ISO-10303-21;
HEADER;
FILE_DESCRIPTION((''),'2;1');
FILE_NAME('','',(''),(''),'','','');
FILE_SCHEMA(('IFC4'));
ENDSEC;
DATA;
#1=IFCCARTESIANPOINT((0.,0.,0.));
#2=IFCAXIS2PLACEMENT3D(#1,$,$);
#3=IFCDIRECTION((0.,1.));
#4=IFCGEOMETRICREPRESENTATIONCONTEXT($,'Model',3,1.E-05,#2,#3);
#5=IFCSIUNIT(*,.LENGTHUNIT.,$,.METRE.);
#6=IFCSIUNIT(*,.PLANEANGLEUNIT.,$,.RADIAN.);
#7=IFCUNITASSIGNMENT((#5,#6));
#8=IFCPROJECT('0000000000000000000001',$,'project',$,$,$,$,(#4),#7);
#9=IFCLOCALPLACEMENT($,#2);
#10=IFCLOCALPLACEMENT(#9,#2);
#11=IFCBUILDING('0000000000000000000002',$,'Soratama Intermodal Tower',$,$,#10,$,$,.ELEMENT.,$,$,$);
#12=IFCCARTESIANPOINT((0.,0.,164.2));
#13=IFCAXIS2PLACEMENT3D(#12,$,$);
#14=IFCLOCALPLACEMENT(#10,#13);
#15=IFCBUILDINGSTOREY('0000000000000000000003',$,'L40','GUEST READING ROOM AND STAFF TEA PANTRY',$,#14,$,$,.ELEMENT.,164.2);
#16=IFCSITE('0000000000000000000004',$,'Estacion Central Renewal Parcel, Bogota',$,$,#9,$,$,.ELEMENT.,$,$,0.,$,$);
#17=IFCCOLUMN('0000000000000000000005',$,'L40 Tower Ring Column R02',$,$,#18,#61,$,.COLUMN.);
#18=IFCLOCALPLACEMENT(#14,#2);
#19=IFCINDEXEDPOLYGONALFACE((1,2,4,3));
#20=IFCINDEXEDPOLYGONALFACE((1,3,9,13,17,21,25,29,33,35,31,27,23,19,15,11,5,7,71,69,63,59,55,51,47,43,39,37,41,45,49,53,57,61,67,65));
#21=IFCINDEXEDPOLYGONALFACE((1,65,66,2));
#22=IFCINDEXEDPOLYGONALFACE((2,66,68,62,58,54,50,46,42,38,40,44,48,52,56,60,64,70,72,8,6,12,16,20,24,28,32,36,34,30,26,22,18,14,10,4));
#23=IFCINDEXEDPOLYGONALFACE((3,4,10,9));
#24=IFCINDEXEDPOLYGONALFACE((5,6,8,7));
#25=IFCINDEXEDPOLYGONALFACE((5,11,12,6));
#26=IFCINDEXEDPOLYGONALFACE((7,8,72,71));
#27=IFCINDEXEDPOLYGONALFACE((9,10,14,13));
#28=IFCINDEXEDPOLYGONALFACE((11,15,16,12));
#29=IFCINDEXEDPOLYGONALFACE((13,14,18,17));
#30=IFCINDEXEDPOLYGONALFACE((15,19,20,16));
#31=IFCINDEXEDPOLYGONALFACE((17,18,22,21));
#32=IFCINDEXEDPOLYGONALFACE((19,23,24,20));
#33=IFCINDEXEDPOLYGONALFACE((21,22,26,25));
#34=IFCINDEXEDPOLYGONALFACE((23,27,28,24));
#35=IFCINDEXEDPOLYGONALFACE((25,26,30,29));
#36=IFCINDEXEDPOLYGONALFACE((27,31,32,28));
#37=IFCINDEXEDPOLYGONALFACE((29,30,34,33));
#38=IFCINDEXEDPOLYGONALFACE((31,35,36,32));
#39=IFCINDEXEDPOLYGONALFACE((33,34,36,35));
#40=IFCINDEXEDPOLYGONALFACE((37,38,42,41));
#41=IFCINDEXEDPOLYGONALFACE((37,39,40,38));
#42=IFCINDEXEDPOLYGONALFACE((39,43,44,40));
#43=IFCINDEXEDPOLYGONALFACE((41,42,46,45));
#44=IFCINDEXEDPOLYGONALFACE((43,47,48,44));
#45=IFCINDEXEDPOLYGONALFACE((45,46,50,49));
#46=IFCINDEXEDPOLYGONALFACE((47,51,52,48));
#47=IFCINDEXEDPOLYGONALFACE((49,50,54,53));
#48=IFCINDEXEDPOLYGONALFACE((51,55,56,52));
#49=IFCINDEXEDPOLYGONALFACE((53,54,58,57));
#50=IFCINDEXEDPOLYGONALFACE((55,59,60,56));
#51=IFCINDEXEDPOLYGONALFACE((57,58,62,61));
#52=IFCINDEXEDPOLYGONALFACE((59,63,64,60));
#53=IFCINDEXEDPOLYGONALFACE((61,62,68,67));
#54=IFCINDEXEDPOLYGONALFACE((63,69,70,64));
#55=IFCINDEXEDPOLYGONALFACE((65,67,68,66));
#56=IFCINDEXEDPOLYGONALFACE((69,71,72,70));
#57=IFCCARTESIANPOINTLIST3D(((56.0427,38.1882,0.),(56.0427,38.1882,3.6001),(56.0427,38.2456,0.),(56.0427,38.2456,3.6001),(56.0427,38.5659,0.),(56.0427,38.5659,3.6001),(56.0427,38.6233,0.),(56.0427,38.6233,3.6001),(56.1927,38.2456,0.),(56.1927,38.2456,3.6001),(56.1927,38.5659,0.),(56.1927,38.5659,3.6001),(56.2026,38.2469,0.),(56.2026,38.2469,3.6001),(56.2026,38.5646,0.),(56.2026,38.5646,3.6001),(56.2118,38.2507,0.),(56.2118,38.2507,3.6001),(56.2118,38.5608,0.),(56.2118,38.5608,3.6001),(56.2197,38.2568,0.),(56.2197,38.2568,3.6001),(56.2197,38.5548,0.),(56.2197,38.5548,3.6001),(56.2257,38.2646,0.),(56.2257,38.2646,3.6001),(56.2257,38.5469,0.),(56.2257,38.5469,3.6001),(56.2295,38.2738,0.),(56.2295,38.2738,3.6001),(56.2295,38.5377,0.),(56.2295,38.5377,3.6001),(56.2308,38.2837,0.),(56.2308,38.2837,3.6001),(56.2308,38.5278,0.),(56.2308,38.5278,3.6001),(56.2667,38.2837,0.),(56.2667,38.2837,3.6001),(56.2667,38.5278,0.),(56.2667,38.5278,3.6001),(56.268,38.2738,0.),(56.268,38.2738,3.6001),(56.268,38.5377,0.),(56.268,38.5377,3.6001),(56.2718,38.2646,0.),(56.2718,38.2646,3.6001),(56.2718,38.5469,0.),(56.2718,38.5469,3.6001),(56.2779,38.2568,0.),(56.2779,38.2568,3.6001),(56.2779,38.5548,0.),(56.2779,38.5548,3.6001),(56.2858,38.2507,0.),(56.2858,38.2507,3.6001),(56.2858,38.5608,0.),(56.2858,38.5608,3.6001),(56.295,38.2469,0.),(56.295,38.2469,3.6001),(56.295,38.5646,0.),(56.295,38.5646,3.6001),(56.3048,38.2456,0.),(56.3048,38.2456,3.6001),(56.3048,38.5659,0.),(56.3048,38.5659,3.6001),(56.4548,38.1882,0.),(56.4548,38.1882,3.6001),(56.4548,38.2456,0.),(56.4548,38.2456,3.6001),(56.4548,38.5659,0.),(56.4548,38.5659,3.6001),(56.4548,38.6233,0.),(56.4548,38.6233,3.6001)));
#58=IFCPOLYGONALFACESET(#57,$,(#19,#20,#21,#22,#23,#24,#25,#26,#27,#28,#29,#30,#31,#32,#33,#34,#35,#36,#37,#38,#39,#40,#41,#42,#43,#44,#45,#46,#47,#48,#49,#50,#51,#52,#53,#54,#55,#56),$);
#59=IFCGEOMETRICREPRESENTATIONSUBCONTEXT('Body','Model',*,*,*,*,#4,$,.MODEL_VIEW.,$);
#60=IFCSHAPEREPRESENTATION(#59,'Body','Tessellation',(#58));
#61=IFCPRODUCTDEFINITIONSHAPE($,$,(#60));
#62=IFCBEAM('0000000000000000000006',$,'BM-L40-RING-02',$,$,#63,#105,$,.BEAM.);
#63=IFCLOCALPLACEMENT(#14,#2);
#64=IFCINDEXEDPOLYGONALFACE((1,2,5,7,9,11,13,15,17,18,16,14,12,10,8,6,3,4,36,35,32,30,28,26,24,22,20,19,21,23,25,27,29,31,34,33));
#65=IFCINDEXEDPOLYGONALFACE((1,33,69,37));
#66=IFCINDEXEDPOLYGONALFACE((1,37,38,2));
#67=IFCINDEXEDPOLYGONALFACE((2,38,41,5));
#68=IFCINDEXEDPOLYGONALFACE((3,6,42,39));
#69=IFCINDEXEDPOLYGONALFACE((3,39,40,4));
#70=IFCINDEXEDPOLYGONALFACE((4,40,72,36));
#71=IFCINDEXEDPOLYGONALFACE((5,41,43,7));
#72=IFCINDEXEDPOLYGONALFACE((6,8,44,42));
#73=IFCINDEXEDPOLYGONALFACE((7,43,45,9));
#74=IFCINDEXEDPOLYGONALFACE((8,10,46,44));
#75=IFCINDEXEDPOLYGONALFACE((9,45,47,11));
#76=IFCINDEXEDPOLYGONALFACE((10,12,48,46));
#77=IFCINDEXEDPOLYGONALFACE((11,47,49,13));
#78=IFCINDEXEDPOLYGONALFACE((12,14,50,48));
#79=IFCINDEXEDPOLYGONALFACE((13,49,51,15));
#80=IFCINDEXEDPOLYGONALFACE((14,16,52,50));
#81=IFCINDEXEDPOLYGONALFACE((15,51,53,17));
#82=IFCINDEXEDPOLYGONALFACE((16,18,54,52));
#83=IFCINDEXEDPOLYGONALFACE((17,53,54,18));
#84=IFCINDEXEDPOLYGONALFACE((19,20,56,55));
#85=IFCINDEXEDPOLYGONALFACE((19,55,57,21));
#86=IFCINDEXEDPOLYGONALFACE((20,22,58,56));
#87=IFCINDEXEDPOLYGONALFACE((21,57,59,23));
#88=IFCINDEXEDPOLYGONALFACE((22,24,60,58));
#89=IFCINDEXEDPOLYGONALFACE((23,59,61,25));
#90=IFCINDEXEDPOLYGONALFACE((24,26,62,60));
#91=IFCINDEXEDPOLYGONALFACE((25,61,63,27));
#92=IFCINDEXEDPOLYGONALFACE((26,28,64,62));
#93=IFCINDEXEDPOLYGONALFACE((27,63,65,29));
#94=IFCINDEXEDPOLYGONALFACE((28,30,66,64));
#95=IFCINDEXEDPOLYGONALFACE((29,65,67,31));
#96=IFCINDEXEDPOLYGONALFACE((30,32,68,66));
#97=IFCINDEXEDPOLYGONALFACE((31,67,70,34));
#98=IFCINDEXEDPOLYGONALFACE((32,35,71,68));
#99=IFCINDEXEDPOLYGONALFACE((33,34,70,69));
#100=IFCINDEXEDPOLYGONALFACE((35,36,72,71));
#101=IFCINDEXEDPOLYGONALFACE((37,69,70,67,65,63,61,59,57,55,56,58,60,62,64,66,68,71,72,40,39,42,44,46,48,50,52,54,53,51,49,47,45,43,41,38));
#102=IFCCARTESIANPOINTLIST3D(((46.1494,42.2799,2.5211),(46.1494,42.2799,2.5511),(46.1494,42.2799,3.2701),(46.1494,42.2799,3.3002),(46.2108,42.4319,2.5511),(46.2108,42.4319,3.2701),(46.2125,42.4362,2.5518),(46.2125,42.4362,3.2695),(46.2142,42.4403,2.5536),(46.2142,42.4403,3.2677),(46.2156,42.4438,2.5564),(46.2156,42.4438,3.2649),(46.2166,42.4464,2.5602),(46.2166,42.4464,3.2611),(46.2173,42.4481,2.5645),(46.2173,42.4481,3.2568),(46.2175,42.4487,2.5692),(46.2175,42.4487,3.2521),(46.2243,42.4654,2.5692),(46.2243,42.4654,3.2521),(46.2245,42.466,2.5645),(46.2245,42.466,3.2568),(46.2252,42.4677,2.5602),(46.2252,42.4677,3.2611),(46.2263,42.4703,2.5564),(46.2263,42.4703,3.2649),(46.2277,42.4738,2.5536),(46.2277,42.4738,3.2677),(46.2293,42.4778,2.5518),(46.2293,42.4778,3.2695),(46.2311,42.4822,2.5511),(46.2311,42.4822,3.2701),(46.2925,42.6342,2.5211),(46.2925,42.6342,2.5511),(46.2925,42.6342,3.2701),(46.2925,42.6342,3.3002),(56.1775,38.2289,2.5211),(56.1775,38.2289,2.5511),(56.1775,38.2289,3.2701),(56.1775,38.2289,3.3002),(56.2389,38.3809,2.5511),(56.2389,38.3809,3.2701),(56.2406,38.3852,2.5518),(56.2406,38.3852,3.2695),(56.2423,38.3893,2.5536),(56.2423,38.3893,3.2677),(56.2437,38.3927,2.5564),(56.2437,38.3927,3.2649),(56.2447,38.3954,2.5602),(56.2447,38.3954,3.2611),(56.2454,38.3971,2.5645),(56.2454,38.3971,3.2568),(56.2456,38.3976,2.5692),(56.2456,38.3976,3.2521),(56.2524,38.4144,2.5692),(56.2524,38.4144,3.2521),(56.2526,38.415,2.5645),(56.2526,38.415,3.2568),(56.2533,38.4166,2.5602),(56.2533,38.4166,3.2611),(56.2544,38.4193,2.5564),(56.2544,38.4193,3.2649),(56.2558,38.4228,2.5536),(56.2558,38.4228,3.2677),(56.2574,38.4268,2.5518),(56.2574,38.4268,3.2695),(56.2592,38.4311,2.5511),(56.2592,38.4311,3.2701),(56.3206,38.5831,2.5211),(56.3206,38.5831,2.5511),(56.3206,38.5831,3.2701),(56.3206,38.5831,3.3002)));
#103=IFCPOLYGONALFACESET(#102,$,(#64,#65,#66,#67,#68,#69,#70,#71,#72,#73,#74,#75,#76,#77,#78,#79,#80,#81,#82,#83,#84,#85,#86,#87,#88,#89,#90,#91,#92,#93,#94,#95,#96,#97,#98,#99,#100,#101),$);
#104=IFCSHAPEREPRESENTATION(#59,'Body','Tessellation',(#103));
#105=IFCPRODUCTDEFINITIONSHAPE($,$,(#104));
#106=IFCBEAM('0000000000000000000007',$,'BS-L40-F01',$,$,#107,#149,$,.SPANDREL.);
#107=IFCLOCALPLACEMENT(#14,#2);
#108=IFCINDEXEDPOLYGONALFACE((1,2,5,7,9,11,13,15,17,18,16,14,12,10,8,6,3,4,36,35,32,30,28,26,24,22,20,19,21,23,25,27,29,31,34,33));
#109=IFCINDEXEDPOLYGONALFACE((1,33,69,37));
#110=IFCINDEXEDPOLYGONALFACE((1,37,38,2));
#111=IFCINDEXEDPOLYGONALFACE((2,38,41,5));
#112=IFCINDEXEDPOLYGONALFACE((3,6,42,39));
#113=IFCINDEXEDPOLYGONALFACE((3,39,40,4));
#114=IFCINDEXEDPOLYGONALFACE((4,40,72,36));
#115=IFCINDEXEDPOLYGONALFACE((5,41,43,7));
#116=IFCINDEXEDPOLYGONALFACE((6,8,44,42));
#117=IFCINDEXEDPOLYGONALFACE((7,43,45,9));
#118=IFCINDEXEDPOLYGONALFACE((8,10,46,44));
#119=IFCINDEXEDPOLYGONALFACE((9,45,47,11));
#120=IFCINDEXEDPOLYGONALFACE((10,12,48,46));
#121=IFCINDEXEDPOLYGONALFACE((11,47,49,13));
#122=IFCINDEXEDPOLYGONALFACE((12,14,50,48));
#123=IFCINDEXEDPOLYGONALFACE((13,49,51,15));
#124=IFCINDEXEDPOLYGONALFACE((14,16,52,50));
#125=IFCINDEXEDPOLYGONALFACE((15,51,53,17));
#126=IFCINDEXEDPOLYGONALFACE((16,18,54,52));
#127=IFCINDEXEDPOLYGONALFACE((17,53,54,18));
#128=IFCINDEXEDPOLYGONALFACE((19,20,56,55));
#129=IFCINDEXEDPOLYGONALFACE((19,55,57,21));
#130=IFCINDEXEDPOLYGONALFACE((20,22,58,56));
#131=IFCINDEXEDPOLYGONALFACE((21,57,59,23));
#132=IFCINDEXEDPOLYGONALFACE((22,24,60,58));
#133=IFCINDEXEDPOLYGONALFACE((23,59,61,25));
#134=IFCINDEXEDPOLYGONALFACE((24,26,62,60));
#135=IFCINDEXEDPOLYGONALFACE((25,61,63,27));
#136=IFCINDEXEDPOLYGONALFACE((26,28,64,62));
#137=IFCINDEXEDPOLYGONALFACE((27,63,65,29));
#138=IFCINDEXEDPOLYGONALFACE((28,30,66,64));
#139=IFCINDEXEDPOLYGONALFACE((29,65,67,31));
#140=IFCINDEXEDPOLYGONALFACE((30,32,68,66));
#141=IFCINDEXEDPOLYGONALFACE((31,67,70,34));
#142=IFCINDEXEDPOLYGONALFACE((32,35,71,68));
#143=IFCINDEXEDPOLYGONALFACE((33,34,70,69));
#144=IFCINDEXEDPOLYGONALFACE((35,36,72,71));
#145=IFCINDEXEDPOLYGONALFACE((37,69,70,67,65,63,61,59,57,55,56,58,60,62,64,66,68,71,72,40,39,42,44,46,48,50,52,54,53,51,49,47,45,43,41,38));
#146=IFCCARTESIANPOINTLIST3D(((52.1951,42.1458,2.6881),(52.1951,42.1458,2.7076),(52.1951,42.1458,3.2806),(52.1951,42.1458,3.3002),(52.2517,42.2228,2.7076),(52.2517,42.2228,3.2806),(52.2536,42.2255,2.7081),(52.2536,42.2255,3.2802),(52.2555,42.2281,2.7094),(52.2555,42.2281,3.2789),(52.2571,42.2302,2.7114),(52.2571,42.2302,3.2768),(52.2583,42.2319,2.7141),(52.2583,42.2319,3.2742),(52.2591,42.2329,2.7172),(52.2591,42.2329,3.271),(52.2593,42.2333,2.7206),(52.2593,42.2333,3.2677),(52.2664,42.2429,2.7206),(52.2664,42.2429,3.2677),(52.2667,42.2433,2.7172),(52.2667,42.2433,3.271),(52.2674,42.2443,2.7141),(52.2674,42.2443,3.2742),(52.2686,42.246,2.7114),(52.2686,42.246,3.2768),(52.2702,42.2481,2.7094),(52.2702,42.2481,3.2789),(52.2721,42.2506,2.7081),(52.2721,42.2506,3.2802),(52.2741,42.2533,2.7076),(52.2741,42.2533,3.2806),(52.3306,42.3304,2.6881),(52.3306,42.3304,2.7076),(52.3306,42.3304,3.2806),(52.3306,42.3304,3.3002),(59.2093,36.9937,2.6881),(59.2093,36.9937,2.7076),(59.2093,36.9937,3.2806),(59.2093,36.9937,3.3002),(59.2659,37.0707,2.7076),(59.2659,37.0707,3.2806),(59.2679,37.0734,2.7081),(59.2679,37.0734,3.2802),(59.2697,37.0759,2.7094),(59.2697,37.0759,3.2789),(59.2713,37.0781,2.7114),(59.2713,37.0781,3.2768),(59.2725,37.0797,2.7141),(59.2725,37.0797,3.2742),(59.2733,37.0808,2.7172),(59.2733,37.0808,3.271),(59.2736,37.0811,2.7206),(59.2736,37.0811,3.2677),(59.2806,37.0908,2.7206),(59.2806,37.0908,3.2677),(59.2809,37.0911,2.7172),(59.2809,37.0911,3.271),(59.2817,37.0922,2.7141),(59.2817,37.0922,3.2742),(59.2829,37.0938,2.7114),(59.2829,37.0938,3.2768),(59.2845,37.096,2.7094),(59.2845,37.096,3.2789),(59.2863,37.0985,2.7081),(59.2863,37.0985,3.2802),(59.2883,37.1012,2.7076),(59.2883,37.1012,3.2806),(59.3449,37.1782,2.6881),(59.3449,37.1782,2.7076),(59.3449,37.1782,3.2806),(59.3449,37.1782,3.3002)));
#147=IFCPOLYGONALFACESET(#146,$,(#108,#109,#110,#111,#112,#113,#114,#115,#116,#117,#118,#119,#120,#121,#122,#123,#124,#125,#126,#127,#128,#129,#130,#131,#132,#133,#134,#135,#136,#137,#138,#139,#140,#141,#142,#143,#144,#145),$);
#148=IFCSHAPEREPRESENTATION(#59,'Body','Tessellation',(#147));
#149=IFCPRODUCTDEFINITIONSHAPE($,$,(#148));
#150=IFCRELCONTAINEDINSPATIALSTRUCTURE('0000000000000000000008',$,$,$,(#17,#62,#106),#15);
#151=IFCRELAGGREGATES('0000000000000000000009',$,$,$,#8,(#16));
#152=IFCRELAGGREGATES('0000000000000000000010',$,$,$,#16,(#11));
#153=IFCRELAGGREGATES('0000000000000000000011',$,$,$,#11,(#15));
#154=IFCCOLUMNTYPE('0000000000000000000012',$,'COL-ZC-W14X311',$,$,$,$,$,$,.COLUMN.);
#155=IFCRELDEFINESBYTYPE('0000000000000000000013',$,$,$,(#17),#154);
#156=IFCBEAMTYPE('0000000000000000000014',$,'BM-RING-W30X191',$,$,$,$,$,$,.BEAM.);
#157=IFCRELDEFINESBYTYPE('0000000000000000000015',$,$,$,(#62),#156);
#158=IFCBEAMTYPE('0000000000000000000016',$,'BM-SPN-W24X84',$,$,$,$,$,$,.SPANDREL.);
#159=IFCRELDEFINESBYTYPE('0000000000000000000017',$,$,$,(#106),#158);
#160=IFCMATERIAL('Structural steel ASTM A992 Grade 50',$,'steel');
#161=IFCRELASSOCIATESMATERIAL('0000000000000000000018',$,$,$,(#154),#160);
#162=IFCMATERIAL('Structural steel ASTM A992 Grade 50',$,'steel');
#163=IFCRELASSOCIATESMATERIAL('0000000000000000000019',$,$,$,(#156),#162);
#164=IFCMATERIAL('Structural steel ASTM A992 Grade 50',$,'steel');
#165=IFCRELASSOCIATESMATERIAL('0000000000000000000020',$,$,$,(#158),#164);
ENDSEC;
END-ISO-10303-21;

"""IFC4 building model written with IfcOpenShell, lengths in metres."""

from ifc_helpers import new_model, si_unit, direction, frame, origin, origin_2d, place, context, subcontext, project, spatial, i_section, extrude, material, material_profile, profile_set, type_object, element, save


model = new_model("IFC4")

# Units and contexts
model_context = context("Model", 3, precision=1e-05, world=origin(), true_north=direction((0.0, 1.0)))
body_context = subcontext(model_context, "Body", "Model", "MODEL_VIEW")
ifc_project = project(units=[si_unit("LENGTHUNIT", "METRE"), si_unit("PLANEANGLEUNIT", "RADIAN")], contexts=[model_context])

# Site, building, storey
site_placement = place(None, origin())
site = spatial("IfcSite", under=ifc_project, at=site_placement, Name="Estacion Central Renewal Parcel, Bogota", CompositionType="ELEMENT", RefElevation=0.0)
building_placement = place(site_placement, origin())
building = spatial("IfcBuilding", under=site, at=building_placement, Name="Soratama Intermodal Tower", CompositionType="ELEMENT")
storey_placement = place(building_placement, frame((0.0, 0.0, 164.2)))
storey = spatial("IfcBuildingStorey", under=building, at=storey_placement, Name="L40", Description="GUEST READING ROOM AND STAFF TEA PANTRY", CompositionType="ELEMENT", Elevation=164.2)

# Column
ifc_material_1 = material(Name="Structural steel ASTM A992 Grade 50", Category="steel")
ifc_material_profile_1 = material_profile(ifc_material_1, i_section(OverallWidth=0.4121, OverallDepth=0.4351, WebThickness=0.0359, FlangeThickness=0.0574, FilletRadius=0.0381, at=origin_2d()), Name="W14X311")
ifc_profile_set_1 = profile_set([ifc_material_profile_1], Name="Structural steel ASTM A992 Grade 50")
column_type = type_object("IfcColumnType", Name="COL-ZC-W14X311", PredefinedType="COLUMN", material=ifc_profile_set_1)
column_placement = place(storey_placement, frame((56.2488, 38.4058, 0.0), z_axis=(0.0, 0.0, 1.0), x_axis=(1.0, 0.0, 0.0)))
element("IfcColumn", 1, at=column_placement, inside=storey, type_object=column_type, Name="L40 Tower Ring Column R02", PredefinedType="COLUMN", context=body_context, shape_type="SweptSolid", body=[
    extrude(i_section(OverallWidth=0.4121, OverallDepth=0.4351, WebThickness=0.0359, FlangeThickness=0.0574, FilletRadius=0.0381, at=origin_2d()), origin(), (0.0, 0.0, 1.0), 3.6001),
])

# Beams
ifc_material_2 = material(Name="Structural steel ASTM A992 Grade 50", Category="steel")
ifc_material_profile_2 = material_profile(ifc_material_2, i_section(OverallWidth=0.3821, OverallDepth=0.7791, WebThickness=0.0181, FlangeThickness=0.03, FilletRadius=0.0181, at=origin_2d()), Name="W30X191")
ifc_profile_set_2 = profile_set([ifc_material_profile_2], Name="Structural steel ASTM A992 Grade 50")
beam_type_1 = type_object("IfcBeamType", Name="BM-RING-W30X191", PredefinedType="BEAM", material=ifc_profile_set_2)
beam_1_placement = place(storey_placement, frame((56.249, 38.406, 2.9106), z_axis=(-0.927202, 0.37456, 0.0), x_axis=(-0.37456, -0.927202, 0.0)))
element("IfcBeam", 2, at=beam_1_placement, inside=storey, type_object=beam_type_1, Name="BM-L40-RING-02", PredefinedType="BEAM", context=body_context, shape_type="SweptSolid", body=[
    extrude(i_section(OverallWidth=0.3821, OverallDepth=0.7791, WebThickness=0.0181, FlangeThickness=0.03, FilletRadius=0.0181, at=origin_2d()), origin(), (0.0, 0.0, 1.0), 10.8154),
])
ifc_material_3 = material(Name="Structural steel ASTM A992 Grade 50", Category="steel")
ifc_material_profile_3 = material_profile(ifc_material_3, i_section(OverallWidth=0.229, OverallDepth=0.6121, WebThickness=0.012, FlangeThickness=0.0195, FilletRadius=0.0129, at=origin_2d()), Name="W24X84")
ifc_profile_set_3 = profile_set([ifc_material_profile_3], Name="Structural steel ASTM A992 Grade 50")
beam_type_2 = type_object("IfcBeamType", Name="BM-SPN-W24X84", PredefinedType="SPANDREL", material=ifc_profile_set_3)
beam_2_placement = place(storey_placement, frame((59.2771, 37.0859, 2.9941), z_axis=(-0.805945, 0.59199, 0.0), x_axis=(-0.59199, -0.805945, 0.0)))
element("IfcBeam", 3, at=beam_2_placement, inside=storey, type_object=beam_type_2, Name="BS-L40-F01", PredefinedType="SPANDREL", context=body_context, shape_type="SweptSolid", body=[
    extrude(i_section(OverallWidth=0.229, OverallDepth=0.6121, WebThickness=0.012, FlangeThickness=0.0195, FilletRadius=0.0129, at=origin_2d()), origin(), (0.0, 0.0, 1.0), 8.7031),
])

save(model, "model.ifc")
